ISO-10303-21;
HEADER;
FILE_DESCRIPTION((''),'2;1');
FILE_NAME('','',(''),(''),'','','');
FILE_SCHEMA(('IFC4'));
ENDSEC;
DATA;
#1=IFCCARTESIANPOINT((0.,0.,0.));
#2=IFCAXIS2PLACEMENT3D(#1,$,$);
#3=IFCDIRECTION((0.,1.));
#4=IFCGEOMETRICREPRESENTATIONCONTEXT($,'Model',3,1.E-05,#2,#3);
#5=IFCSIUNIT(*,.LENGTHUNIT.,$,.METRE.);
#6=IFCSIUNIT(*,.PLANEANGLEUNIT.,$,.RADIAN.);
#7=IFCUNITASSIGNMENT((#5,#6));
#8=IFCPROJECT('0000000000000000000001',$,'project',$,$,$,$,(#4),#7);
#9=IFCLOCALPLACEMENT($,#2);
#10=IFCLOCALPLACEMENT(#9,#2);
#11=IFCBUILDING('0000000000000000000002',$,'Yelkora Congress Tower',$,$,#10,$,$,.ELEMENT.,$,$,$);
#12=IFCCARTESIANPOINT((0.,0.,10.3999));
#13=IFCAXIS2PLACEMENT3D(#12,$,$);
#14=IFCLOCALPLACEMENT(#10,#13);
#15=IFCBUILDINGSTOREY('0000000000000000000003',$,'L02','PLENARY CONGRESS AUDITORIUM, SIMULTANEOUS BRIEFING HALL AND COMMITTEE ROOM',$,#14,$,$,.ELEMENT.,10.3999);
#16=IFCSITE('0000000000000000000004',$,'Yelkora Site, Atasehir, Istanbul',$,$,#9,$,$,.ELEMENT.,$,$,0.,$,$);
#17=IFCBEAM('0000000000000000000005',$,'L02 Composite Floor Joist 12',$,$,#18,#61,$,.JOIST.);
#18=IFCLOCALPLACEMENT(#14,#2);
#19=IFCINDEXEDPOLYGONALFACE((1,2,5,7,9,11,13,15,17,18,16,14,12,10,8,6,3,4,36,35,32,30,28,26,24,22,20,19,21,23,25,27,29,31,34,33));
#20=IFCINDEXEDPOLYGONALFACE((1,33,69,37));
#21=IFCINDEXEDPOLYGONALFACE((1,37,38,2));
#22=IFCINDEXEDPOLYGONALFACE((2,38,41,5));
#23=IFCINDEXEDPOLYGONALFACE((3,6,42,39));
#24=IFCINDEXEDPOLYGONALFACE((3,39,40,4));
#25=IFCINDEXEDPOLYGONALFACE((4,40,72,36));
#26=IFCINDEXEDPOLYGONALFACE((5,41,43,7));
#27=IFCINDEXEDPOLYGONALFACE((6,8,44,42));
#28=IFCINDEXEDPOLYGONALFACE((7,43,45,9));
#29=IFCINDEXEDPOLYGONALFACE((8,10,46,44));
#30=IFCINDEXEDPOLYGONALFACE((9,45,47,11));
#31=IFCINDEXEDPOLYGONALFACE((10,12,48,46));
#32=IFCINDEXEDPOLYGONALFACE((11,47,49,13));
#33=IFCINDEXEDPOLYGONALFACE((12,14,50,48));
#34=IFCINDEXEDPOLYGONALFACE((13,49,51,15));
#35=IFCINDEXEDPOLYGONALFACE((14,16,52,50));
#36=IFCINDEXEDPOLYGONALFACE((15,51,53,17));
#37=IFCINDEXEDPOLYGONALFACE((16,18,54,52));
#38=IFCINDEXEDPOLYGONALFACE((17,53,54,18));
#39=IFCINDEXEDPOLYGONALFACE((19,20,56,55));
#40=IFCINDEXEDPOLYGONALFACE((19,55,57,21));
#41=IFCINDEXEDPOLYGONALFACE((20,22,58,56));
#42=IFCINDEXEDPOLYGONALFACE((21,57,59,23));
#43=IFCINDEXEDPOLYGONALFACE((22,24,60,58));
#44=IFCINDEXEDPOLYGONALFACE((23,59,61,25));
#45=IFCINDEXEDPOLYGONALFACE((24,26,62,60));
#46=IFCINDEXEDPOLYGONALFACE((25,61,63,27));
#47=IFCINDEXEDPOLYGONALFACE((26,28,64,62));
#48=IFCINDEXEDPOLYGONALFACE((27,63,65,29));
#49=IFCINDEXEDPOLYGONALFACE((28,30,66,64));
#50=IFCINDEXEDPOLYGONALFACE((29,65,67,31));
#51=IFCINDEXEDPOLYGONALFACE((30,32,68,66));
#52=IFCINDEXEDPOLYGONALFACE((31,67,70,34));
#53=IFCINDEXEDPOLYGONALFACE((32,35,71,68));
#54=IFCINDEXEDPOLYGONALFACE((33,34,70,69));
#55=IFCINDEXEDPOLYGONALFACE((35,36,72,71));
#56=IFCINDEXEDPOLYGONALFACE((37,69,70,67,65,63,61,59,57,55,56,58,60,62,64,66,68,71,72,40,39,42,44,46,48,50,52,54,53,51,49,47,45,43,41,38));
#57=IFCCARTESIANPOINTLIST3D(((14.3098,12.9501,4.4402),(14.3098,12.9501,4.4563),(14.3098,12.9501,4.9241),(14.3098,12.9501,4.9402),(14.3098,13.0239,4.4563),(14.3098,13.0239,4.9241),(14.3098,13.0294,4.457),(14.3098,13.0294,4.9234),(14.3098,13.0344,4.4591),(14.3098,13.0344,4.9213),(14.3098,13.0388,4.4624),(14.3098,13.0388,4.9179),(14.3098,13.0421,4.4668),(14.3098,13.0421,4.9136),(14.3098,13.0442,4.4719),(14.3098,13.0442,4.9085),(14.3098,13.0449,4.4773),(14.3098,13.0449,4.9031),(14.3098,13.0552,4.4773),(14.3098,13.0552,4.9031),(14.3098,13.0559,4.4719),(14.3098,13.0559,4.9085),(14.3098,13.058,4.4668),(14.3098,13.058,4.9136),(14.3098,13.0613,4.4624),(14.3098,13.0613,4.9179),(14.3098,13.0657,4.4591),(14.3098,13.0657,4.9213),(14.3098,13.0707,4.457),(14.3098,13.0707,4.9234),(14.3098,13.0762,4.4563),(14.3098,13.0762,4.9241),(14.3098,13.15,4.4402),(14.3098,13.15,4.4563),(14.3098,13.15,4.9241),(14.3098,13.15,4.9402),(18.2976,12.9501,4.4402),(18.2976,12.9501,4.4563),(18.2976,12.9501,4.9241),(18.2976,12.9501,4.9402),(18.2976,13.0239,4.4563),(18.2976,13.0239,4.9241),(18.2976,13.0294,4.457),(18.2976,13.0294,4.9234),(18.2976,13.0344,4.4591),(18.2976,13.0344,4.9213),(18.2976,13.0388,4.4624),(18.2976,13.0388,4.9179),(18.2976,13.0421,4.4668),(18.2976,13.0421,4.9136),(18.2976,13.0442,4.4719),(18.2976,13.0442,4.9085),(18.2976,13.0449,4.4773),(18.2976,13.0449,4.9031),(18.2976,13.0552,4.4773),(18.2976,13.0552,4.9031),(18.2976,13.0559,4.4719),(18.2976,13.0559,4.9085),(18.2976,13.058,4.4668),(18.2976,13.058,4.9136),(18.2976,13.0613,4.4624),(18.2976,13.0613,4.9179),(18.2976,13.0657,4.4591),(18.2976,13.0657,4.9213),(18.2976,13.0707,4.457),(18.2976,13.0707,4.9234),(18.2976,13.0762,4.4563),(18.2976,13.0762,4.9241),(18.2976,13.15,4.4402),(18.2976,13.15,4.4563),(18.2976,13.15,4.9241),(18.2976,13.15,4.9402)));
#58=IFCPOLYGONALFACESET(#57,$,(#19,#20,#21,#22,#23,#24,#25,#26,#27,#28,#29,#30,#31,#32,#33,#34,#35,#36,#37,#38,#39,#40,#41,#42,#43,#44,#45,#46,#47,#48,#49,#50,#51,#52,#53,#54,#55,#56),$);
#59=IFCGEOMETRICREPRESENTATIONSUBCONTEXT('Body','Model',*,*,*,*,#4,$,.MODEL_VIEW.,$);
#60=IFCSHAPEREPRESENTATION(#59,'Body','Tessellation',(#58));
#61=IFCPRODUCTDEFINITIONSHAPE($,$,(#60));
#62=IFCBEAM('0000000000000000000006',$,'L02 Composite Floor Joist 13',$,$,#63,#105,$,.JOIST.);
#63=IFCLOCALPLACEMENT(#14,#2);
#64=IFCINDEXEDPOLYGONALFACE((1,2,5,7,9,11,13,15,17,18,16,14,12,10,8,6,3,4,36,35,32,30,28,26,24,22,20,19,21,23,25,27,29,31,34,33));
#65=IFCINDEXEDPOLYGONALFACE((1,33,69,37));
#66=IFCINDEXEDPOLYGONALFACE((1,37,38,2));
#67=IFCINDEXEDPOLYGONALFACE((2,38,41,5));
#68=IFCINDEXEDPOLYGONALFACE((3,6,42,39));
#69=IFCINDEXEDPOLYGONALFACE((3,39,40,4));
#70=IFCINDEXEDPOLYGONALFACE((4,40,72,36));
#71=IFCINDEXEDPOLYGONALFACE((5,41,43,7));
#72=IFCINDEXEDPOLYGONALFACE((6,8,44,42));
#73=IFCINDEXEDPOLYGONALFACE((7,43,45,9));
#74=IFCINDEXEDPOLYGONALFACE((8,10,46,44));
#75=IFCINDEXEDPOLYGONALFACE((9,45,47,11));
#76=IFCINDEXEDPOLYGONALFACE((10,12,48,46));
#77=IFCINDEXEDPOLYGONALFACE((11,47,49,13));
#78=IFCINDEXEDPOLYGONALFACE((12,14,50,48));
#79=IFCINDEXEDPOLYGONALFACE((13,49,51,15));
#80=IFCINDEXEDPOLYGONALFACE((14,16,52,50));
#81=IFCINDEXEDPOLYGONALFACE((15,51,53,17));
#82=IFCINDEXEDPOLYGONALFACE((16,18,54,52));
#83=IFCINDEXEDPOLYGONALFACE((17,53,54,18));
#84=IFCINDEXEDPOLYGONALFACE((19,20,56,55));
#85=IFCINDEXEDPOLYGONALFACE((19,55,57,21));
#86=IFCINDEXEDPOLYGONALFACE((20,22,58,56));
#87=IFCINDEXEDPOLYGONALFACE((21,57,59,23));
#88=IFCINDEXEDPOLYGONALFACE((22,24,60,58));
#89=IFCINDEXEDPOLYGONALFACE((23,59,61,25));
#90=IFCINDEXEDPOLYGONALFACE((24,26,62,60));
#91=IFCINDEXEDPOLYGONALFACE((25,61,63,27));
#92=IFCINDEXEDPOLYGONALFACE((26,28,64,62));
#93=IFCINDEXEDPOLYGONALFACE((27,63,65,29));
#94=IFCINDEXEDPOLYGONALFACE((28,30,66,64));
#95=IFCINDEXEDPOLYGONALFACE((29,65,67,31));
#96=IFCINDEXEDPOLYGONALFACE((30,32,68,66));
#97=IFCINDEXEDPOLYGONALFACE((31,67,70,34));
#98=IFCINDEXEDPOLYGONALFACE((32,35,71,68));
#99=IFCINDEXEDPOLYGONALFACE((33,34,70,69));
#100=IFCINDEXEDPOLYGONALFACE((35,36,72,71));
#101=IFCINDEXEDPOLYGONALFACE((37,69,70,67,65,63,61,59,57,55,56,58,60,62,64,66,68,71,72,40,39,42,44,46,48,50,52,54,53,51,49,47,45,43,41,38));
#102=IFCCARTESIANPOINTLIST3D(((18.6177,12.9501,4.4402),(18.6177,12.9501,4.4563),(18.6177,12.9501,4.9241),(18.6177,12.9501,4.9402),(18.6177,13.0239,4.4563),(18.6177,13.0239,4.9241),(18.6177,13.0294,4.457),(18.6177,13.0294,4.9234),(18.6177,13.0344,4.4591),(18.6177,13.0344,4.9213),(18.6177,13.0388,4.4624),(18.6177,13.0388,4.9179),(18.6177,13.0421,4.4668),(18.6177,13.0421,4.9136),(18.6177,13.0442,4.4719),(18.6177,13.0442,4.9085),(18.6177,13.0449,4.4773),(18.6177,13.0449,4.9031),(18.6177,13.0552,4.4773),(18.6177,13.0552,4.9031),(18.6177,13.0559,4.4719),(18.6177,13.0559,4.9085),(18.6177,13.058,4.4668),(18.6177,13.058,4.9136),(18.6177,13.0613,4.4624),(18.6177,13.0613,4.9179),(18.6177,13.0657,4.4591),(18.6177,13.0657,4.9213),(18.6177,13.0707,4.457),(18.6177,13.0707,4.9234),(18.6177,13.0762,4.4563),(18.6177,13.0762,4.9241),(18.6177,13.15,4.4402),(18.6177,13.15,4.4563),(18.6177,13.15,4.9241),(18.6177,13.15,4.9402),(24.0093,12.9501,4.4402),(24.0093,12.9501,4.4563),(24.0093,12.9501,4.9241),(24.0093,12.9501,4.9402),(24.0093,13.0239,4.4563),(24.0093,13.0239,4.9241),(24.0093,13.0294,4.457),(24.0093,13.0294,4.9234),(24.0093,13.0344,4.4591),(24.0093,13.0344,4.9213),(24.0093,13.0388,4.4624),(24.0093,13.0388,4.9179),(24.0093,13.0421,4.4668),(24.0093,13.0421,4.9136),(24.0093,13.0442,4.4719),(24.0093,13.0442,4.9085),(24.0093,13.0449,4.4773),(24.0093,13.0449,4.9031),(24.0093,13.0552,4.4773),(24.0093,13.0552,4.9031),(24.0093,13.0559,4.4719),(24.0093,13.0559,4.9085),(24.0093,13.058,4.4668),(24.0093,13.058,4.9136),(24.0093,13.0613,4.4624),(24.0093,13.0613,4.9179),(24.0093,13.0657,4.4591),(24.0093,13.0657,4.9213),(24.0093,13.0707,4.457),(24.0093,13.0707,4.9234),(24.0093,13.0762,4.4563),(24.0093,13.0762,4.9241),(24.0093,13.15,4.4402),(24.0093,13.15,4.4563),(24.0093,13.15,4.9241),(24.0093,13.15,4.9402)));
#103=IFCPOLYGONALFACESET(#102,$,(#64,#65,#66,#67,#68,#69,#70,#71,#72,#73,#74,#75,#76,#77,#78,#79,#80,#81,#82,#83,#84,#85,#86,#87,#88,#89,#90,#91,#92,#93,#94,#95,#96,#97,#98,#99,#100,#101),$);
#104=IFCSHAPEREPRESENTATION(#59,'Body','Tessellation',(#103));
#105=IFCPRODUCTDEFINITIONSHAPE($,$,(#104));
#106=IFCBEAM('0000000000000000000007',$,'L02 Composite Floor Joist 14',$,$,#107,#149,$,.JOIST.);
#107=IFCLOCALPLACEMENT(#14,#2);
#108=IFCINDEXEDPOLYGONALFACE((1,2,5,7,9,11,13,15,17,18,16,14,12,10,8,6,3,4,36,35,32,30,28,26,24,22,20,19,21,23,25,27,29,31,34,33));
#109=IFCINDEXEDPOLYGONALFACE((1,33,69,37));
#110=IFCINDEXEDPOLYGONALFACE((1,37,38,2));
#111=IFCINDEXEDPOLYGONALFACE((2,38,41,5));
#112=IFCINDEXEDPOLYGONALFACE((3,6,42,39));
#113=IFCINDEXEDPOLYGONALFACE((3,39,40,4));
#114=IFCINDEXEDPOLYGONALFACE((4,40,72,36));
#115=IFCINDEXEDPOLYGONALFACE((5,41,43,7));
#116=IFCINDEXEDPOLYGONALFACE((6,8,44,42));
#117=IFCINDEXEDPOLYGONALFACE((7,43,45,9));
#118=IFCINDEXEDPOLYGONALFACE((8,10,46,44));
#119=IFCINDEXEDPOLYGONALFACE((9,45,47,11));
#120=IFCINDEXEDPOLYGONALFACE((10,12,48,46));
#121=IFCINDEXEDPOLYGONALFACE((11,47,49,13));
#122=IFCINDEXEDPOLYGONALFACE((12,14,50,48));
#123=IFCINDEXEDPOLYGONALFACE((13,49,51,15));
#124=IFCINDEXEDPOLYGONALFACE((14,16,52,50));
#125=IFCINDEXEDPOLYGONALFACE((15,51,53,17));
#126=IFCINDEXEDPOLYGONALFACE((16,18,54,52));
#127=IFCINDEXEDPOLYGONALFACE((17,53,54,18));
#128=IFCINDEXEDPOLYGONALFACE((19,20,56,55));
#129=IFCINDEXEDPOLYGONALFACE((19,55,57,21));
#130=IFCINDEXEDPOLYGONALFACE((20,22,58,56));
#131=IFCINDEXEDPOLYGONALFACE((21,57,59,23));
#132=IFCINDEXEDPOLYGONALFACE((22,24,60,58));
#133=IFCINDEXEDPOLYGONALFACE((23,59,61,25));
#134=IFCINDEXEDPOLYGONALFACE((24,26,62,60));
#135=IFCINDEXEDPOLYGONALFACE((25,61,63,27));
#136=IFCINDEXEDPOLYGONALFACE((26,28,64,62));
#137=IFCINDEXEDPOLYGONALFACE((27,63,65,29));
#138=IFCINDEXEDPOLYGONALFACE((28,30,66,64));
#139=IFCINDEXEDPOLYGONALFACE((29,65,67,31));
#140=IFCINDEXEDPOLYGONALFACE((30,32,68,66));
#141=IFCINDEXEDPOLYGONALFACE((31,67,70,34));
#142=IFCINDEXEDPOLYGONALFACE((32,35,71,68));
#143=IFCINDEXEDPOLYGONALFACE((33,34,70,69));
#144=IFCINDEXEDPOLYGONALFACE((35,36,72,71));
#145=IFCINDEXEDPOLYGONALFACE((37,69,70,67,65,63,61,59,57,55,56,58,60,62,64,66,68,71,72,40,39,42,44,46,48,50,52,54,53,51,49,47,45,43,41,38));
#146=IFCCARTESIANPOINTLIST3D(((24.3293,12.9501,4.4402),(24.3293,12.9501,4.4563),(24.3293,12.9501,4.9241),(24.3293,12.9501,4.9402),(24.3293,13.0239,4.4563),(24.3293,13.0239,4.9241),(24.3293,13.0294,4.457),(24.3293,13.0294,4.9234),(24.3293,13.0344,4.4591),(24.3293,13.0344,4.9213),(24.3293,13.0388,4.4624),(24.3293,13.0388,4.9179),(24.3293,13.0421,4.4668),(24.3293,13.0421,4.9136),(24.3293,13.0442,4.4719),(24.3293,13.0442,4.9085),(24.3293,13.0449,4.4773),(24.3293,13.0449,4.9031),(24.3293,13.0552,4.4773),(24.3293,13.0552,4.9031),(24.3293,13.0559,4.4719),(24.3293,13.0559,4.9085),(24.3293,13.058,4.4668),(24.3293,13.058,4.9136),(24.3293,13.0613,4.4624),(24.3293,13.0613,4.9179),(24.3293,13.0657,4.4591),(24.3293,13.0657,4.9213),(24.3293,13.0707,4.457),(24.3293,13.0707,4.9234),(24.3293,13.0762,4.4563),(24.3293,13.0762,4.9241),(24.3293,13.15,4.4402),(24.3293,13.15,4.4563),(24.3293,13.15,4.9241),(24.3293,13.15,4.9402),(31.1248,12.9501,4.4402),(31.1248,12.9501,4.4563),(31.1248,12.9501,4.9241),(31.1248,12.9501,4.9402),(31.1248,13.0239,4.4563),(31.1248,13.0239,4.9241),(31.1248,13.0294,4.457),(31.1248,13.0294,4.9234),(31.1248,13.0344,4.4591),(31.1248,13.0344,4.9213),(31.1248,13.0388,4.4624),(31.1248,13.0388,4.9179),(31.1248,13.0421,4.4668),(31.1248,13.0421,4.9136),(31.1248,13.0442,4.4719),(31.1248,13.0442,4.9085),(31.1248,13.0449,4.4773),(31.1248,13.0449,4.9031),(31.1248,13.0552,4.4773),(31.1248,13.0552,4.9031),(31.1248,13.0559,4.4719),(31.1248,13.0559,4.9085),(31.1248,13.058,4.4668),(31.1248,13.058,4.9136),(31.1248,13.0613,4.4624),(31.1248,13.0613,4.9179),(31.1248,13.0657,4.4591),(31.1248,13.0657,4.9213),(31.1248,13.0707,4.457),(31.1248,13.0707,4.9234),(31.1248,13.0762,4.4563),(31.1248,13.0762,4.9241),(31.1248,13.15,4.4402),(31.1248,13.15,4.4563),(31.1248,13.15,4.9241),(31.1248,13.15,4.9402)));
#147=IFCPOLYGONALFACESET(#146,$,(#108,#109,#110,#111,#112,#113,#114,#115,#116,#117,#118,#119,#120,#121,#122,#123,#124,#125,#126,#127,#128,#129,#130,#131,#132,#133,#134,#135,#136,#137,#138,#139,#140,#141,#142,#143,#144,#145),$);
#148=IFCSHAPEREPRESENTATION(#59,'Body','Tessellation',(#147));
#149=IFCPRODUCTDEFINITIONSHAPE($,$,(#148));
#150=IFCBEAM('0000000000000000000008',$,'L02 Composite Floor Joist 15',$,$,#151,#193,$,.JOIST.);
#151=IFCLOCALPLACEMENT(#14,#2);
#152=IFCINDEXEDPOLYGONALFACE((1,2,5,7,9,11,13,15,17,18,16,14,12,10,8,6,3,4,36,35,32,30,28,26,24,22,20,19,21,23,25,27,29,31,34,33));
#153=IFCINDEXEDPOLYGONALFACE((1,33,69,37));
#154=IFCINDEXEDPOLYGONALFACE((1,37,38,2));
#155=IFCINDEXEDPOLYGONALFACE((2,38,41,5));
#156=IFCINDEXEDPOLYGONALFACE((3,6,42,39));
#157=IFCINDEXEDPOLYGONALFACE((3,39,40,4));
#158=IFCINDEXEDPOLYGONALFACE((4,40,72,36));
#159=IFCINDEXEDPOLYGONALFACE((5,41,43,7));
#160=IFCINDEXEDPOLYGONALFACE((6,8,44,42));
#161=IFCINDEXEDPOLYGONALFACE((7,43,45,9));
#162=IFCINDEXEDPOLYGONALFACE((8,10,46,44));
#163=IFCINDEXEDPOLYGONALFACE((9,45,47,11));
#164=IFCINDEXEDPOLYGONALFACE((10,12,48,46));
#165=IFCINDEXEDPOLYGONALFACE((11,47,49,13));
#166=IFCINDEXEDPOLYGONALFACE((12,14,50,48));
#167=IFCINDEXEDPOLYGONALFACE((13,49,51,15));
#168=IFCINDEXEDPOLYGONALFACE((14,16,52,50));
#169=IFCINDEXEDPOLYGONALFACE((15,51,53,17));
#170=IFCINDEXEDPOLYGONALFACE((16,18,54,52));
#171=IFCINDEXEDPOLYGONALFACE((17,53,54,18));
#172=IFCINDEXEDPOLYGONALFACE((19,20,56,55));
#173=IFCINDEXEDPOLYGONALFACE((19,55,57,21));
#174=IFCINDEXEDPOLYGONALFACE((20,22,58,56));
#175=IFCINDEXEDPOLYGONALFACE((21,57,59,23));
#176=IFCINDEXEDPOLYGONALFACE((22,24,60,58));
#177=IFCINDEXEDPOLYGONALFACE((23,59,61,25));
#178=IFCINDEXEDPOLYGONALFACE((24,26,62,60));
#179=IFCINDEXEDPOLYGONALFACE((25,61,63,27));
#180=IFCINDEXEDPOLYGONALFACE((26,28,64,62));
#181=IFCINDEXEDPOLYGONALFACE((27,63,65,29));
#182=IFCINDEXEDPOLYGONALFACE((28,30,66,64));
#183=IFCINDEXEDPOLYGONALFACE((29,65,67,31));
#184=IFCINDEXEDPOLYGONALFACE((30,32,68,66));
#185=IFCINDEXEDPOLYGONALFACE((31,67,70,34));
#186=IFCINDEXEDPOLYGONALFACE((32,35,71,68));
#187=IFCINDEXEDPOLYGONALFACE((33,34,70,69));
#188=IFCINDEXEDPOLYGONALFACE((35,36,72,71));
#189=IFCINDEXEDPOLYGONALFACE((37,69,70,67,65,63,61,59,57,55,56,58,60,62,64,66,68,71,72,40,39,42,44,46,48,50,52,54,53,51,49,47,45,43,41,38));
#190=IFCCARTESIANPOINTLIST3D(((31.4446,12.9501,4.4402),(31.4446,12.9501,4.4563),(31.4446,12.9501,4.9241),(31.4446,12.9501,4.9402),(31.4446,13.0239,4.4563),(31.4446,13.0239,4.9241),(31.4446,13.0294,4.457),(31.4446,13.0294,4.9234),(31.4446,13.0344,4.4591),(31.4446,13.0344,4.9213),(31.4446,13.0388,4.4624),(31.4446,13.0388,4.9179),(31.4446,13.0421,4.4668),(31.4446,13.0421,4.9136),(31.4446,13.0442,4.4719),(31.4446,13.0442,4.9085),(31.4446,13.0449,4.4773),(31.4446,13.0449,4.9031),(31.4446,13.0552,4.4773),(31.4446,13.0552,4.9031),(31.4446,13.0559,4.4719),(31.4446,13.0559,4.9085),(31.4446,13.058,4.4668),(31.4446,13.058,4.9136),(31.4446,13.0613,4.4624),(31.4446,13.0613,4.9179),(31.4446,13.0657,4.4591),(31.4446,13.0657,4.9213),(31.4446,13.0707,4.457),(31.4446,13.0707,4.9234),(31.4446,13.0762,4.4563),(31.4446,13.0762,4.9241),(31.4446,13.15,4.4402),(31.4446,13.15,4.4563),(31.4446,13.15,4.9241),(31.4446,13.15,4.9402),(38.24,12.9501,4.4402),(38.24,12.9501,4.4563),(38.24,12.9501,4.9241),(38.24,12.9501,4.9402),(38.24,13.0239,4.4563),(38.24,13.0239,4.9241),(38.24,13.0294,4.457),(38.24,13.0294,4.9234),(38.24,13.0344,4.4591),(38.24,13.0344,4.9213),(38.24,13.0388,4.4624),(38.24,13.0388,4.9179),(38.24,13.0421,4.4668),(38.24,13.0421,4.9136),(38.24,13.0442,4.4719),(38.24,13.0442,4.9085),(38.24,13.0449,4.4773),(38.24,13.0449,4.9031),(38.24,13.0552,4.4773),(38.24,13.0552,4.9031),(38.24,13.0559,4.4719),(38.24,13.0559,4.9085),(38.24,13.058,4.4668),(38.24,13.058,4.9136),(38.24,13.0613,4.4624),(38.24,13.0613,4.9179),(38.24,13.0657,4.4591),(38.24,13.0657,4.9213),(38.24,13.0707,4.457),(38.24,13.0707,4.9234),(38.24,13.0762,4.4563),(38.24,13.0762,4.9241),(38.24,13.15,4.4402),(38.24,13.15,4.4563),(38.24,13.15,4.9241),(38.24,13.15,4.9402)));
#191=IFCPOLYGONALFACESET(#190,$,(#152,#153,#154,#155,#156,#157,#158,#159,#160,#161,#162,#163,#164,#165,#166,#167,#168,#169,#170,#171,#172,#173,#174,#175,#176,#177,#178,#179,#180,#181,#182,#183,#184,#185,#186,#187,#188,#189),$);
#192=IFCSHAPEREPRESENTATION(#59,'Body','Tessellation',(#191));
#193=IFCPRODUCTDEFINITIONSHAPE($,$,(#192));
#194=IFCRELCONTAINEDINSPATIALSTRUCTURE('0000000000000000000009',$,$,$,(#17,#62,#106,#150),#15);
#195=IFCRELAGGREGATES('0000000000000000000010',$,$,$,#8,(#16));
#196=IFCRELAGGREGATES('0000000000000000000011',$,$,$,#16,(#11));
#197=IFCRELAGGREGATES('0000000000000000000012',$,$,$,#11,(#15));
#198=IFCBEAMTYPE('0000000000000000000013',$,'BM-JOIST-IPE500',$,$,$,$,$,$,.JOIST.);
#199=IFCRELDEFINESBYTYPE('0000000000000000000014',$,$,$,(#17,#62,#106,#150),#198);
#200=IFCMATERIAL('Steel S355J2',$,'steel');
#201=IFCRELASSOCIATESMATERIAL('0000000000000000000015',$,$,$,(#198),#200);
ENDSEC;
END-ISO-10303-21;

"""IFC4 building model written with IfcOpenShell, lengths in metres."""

from ifc_helpers import new_model, si_unit, direction, frame, origin, origin_2d, place, context, subcontext, project, spatial, i_section, extrude, material, material_profile, profile_set, type_object, element, save


model = new_model("IFC4")

# Units and contexts
model_context = context("Model", 3, precision=1e-05, world=origin(), true_north=direction((0.0, 1.0)))
body_context = subcontext(model_context, "Body", "Model", "MODEL_VIEW")
ifc_project = project(units=[si_unit("LENGTHUNIT", "METRE"), si_unit("PLANEANGLEUNIT", "RADIAN")], contexts=[model_context])

# Site, building, storey
site_placement = place(None, origin())
site = spatial("IfcSite", under=ifc_project, at=site_placement, Name="Yelkora Site, Atasehir, Istanbul", CompositionType="ELEMENT", RefElevation=0.0)
building_placement = place(site_placement, origin())
building = spatial("IfcBuilding", under=site, at=building_placement, Name="Yelkora Congress Tower", CompositionType="ELEMENT")
storey_placement = place(building_placement, frame((0.0, 0.0, 10.3999)))
storey = spatial("IfcBuildingStorey", under=building, at=storey_placement, Name="L02", Description="PLENARY CONGRESS AUDITORIUM, SIMULTANEOUS BRIEFING HALL AND COMMITTEE ROOM", CompositionType="ELEMENT", Elevation=10.3999)

# Beams
ifc_material_1 = material(Name="Steel S355J2", Category="steel")
ifc_material_profile_1 = material_profile(ifc_material_1, i_section(OverallWidth=0.2, OverallDepth=0.5, WebThickness=0.0103, FlangeThickness=0.0161, FilletRadius=0.021, at=origin_2d()), Name="IPE 500")
ifc_profile_set_1 = profile_set([ifc_material_profile_1], Name="Steel S355J2")
beam_type_1 = type_object("IfcBeamType", Name="BM-JOIST-IPE500", PredefinedType="JOIST", material=ifc_profile_set_1)
beam_1_placement = place(storey_placement, frame((14.3098, 13.05, 4.6902), z_axis=(1.0, 0.0, 0.0), x_axis=(0.0, 1.0, 0.0)))
element("IfcBeam", 1, at=beam_1_placement, inside=storey, type_object=beam_type_1, Name="L02 Composite Floor Joist 12", PredefinedType="JOIST", context=body_context, shape_type="SweptSolid", body=[
    extrude(i_section(OverallWidth=0.2, OverallDepth=0.5, WebThickness=0.0103, FlangeThickness=0.0161, FilletRadius=0.021, at=origin_2d()), origin(), (0.0, 0.0, 1.0), 3.9878),
])
beam_2_placement = place(storey_placement, frame((18.6177, 13.05, 4.6902), z_axis=(1.0, 0.0, 0.0), x_axis=(0.0, 1.0, 0.0)))
element("IfcBeam", 2, at=beam_2_placement, inside=storey, type_object=beam_type_1, Name="L02 Composite Floor Joist 13", PredefinedType="JOIST", context=body_context, shape_type="SweptSolid", body=[
    extrude(i_section(OverallWidth=0.2, OverallDepth=0.5, WebThickness=0.0103, FlangeThickness=0.0161, FilletRadius=0.021, at=origin_2d()), origin(), (0.0, 0.0, 1.0), 5.3916),
])
for number, where, z_axis, x_axis, name in (
    (3, (24.3293, 13.05, 4.6902), (1.0, 0.0, 0.0), (0.0, 1.0, 0.0), "L02 Composite Floor Joist 14"),
    (4, (31.4446, 13.05, 4.6902), (1.0, 0.0, 0.0), (0.0, 1.0, 0.0), "L02 Composite Floor Joist 15"),
):
    element("IfcBeam", number, at=place(storey_placement, frame(where, z_axis=z_axis, x_axis=x_axis)), inside=storey, type_object=beam_type_1, Name=name, PredefinedType="JOIST", context=body_context, shape_type="SweptSolid", body=[
        extrude(i_section(OverallWidth=0.2, OverallDepth=0.5, WebThickness=0.0103, FlangeThickness=0.0161, FilletRadius=0.021, at=origin_2d()), origin(), (0.0, 0.0, 1.0), 6.7954),
    ])

save(model, "model.ifc")
